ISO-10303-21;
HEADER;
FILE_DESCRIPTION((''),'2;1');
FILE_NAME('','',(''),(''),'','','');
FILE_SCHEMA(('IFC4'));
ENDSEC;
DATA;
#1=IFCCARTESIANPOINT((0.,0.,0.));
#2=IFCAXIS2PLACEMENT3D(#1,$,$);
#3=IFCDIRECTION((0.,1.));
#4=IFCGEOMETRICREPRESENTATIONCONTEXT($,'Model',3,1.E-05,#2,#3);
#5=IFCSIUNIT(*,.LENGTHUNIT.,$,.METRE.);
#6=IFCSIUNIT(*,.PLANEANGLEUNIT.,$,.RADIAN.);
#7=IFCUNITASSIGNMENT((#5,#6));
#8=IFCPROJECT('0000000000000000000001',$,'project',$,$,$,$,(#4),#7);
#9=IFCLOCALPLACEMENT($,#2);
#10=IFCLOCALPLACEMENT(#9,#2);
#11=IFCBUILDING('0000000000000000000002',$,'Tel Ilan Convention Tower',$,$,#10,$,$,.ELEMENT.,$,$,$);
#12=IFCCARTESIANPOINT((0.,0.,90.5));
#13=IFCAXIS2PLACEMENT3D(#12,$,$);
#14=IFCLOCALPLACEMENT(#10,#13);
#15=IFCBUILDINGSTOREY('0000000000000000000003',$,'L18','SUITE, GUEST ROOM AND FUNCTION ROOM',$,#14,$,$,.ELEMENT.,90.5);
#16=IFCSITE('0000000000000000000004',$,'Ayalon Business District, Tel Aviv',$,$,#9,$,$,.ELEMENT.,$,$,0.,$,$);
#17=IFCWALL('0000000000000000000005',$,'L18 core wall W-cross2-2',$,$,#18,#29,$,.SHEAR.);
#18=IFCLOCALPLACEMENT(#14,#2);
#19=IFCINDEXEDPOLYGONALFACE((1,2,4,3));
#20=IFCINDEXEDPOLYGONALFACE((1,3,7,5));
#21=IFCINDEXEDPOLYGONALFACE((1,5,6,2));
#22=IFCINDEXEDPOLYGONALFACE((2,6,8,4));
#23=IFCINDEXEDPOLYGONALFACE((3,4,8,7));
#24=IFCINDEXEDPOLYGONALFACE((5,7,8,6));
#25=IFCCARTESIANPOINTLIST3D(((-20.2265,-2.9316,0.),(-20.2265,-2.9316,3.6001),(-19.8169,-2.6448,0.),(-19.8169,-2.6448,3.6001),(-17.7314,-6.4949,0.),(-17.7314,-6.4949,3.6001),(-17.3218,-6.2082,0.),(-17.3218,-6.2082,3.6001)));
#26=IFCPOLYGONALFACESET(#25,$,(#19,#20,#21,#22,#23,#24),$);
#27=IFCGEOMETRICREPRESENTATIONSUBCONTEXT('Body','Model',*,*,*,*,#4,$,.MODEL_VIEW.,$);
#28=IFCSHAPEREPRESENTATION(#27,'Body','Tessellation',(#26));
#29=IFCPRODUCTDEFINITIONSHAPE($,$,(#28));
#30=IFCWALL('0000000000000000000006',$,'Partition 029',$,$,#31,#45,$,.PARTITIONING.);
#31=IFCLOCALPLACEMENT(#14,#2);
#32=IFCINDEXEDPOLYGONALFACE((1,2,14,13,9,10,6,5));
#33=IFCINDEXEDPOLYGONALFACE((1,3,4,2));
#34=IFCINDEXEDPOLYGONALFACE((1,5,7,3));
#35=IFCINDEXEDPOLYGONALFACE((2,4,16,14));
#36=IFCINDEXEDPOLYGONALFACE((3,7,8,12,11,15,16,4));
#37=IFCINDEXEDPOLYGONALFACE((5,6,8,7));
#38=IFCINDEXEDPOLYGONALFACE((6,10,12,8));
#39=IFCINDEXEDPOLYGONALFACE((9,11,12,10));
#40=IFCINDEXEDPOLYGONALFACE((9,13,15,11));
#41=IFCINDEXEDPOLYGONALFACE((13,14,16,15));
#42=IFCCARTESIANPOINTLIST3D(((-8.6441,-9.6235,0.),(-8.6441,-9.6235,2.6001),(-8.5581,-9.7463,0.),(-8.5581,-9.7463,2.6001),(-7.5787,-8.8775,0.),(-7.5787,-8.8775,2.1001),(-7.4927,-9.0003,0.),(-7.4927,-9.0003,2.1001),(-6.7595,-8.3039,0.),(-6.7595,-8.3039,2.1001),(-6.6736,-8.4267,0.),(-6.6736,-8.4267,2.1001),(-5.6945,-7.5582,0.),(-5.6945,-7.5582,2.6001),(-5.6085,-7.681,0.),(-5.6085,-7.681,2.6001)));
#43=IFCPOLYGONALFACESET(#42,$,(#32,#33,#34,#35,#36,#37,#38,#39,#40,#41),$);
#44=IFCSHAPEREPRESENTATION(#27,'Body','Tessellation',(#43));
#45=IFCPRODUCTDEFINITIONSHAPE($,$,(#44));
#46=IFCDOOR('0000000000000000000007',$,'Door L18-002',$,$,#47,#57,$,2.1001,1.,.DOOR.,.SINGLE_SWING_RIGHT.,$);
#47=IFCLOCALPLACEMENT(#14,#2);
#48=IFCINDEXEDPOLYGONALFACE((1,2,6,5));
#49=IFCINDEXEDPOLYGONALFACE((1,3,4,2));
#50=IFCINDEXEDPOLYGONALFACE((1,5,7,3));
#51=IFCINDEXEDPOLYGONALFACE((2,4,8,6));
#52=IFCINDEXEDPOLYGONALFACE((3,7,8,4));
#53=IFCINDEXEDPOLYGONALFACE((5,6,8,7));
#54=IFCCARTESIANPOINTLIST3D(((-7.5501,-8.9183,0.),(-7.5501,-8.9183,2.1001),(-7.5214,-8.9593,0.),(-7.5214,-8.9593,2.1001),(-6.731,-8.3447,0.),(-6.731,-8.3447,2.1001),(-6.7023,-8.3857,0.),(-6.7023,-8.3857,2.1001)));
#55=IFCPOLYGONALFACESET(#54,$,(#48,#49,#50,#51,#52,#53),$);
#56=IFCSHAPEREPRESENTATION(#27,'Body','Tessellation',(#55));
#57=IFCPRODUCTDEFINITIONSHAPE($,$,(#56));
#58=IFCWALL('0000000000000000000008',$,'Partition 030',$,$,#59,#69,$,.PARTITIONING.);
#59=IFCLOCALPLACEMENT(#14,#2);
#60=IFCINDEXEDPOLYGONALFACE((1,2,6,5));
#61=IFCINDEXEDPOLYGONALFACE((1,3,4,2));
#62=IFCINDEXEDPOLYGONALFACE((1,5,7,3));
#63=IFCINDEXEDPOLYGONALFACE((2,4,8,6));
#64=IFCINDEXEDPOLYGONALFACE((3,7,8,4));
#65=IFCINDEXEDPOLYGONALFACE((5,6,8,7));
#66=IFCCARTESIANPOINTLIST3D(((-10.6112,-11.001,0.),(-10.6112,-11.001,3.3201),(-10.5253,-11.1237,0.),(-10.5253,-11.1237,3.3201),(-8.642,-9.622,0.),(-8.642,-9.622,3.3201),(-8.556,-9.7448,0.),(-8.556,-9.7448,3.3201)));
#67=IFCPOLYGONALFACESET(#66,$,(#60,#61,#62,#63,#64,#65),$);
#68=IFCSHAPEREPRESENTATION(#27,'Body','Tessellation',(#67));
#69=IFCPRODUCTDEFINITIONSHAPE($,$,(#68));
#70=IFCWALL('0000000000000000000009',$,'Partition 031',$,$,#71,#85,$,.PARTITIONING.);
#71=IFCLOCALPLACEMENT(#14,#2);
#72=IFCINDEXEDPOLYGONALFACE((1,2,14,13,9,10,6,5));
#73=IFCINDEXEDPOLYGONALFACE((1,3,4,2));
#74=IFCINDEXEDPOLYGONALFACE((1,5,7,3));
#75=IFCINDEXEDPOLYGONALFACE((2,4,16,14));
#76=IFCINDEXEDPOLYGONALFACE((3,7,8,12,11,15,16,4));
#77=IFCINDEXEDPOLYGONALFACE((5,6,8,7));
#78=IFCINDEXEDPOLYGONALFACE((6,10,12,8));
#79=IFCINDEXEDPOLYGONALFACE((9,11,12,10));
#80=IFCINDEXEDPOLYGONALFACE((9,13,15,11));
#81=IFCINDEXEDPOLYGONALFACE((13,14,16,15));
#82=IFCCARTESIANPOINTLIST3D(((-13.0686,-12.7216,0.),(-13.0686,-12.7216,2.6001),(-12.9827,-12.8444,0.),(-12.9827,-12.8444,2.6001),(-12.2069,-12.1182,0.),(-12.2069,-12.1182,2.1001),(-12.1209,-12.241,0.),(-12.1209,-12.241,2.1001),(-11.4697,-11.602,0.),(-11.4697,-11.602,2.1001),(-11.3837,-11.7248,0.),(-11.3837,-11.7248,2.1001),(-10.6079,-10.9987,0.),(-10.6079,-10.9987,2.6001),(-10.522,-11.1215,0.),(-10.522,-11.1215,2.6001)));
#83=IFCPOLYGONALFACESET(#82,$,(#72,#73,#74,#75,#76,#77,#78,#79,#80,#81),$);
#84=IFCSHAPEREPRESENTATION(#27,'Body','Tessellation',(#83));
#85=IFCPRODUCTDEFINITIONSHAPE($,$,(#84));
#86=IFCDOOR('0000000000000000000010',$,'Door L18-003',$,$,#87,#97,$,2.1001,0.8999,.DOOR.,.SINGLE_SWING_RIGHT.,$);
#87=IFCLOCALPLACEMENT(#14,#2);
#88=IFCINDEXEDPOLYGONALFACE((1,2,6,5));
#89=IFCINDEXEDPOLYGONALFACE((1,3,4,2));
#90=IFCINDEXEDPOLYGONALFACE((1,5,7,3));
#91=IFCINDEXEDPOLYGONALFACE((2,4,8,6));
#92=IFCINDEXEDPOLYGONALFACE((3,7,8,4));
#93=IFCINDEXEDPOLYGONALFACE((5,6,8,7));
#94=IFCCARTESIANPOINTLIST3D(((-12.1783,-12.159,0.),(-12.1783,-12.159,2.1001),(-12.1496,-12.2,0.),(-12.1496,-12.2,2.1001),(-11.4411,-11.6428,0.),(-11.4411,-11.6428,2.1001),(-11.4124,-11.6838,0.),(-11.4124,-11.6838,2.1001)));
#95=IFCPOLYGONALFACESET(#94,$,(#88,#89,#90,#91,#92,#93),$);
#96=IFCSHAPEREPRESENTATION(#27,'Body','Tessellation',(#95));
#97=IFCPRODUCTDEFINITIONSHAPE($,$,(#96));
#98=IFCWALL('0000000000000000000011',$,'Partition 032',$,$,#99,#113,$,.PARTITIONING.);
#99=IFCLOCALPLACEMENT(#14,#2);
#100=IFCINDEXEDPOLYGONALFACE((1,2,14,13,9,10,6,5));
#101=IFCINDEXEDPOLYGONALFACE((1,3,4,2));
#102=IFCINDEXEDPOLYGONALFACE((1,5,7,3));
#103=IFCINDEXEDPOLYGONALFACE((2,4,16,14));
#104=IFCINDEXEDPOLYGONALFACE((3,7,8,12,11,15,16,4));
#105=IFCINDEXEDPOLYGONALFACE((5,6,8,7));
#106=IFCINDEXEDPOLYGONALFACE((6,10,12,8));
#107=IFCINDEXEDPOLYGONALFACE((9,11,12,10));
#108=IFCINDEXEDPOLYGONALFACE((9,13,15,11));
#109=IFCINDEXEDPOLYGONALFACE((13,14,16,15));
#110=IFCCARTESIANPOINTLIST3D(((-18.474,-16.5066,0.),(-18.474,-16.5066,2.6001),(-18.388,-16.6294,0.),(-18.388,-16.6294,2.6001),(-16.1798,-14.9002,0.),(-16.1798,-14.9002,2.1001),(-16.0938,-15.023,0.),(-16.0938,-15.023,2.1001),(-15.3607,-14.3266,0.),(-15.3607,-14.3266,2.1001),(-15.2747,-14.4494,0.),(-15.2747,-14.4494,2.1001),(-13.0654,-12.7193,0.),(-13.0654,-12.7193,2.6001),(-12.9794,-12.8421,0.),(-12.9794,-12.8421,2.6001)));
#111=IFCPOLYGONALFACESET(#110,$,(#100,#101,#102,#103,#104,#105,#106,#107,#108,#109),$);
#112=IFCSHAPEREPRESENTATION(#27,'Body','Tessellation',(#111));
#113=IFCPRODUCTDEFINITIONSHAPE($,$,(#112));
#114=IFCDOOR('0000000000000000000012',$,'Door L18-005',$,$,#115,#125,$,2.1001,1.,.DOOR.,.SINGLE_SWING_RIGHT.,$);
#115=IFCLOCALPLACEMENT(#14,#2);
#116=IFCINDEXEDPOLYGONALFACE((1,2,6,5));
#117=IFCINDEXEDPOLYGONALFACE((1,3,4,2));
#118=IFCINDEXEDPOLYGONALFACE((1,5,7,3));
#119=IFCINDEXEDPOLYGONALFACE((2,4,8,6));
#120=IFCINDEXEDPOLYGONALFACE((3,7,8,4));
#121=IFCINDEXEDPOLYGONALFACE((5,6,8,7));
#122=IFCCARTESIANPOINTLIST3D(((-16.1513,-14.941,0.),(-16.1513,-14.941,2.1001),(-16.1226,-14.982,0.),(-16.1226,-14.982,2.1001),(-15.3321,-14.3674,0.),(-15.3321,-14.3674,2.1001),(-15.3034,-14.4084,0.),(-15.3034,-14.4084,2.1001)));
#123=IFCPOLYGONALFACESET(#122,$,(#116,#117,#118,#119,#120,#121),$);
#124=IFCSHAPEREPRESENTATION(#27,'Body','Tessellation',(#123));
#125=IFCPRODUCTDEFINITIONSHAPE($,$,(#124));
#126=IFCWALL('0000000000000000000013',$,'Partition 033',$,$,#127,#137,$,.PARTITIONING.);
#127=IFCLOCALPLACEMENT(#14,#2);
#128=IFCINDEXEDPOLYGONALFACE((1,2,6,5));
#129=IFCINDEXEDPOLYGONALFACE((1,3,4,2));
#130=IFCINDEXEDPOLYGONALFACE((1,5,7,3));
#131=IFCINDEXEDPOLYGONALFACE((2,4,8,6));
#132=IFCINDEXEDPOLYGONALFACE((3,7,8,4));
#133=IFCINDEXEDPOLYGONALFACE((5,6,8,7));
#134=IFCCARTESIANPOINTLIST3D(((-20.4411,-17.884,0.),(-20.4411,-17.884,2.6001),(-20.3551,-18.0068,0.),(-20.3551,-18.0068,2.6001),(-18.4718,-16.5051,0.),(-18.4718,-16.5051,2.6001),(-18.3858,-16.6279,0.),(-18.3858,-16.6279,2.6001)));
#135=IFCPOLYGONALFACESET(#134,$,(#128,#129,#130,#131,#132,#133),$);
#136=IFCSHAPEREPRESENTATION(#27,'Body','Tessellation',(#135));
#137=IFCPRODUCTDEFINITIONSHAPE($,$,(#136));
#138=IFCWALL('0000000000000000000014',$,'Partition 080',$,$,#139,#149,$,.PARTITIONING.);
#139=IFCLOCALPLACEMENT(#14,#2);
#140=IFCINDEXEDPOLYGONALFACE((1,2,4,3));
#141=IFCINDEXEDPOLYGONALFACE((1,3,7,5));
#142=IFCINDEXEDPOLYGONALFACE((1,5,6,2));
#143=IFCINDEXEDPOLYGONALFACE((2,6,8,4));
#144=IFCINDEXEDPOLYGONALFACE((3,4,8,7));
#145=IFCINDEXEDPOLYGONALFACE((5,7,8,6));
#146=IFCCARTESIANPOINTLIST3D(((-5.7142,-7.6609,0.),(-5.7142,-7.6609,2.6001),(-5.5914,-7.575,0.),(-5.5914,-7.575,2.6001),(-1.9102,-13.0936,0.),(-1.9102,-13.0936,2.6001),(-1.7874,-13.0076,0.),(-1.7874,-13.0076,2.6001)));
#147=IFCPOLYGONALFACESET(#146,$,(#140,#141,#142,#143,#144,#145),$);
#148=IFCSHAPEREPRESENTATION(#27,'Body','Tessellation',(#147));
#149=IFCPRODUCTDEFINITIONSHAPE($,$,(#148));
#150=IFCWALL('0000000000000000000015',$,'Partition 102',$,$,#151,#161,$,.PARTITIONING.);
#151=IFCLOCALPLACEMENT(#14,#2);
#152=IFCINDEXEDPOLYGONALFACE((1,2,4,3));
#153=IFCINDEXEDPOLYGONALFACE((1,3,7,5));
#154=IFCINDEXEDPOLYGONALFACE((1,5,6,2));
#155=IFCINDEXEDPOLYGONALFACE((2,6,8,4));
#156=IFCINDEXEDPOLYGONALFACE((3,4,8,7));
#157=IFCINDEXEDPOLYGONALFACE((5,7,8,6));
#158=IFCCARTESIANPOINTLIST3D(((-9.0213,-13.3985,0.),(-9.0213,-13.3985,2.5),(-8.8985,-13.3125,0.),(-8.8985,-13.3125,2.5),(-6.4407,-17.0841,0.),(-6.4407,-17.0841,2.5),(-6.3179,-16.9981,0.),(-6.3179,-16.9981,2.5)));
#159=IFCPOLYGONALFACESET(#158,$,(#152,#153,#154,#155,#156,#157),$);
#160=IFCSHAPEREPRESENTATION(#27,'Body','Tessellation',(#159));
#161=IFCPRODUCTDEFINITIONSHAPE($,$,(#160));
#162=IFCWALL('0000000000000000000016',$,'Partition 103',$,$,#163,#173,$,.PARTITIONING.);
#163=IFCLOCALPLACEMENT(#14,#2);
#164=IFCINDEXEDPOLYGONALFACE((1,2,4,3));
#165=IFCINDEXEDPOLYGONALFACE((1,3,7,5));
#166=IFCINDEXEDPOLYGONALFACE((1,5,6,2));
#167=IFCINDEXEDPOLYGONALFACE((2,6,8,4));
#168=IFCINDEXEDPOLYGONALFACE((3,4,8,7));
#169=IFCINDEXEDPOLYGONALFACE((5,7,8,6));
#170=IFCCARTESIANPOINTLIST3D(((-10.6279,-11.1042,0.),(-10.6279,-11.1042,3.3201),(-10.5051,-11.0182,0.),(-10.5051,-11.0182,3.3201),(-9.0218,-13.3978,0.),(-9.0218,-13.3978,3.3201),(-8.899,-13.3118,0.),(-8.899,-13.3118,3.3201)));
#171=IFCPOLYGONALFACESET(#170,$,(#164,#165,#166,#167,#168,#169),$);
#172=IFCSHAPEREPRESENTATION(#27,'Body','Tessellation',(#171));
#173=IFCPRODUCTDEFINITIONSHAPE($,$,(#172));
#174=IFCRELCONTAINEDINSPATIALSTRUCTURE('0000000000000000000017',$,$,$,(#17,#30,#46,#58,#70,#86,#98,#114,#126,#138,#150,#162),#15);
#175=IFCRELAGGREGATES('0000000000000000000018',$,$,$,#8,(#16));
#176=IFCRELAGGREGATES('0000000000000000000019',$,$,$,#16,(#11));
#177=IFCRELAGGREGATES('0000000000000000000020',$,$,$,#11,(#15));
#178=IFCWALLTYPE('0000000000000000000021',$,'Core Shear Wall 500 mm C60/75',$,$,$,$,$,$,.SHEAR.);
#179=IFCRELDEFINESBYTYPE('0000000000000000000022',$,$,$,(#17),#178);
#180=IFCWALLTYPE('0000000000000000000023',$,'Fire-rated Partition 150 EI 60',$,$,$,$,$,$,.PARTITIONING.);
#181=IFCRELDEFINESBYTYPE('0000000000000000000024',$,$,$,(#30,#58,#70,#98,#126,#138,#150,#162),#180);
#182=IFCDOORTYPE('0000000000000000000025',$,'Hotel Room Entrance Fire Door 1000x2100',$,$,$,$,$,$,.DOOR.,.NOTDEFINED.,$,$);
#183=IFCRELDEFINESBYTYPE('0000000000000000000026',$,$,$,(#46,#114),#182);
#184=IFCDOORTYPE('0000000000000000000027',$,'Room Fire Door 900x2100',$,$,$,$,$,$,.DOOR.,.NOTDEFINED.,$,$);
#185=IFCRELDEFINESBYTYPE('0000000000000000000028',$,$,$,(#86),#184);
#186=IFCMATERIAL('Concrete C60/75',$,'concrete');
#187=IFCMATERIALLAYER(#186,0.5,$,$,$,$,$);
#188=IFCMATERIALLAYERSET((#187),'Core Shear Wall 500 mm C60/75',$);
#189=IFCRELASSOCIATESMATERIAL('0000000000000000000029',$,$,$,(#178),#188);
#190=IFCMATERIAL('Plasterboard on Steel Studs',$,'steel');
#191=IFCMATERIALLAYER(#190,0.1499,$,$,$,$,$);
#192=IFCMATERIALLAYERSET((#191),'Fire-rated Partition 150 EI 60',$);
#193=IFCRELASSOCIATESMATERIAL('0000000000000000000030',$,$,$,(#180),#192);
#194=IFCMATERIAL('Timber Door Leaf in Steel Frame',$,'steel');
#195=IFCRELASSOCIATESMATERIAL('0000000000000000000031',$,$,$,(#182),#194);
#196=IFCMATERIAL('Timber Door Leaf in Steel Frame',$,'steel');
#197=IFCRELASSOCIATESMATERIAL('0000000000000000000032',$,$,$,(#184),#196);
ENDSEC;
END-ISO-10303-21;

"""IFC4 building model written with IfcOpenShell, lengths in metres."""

from ifc_helpers import new_model, si_unit, direction, frame, frame_2d, origin, place, context, subcontext, project, spatial, polyline, rectangle, outline, extrude, material, layer, layer_set, type_object, element, fill, save


model = new_model("IFC4")

# Units and contexts
model_context = context("Model", 3, precision=1e-05, world=origin(), true_north=direction((0.0, 1.0)))
body_context = subcontext(model_context, "Body", "Model", "MODEL_VIEW")
ifc_project = project(units=[si_unit("LENGTHUNIT", "METRE"), si_unit("PLANEANGLEUNIT", "RADIAN")], contexts=[model_context])

# Site, building, storey
site_placement = place(None, origin())
site = spatial("IfcSite", under=ifc_project, at=site_placement, Name="Ayalon Business District, Tel Aviv", CompositionType="ELEMENT", RefElevation=0.0)
building_placement = place(site_placement, origin())
building = spatial("IfcBuilding", under=site, at=building_placement, Name="Tel Ilan Convention Tower", CompositionType="ELEMENT")
storey_placement = place(building_placement, frame((0.0, 0.0, 90.5)))
storey = spatial("IfcBuildingStorey", under=building, at=storey_placement, Name="L18", Description="SUITE, GUEST ROOM AND FUNCTION ROOM", CompositionType="ELEMENT", Elevation=90.5)

# Wall
ifc_material_1 = material(Name="Concrete C60/75", Category="concrete")
ifc_layer_1 = layer(ifc_material_1, 0.5)
ifc_layer_set_1 = layer_set([ifc_layer_1], Name="Core Shear Wall 500 mm C60/75")
wall_type_1 = type_object("IfcWallType", Name="Core Shear Wall 500 mm C60/75", PredefinedType="SHEAR", material=ifc_layer_set_1)
wall_1_placement = place(storey_placement, frame((-17.5266, -6.3516, 0.0), z_axis=(0.0, 0.0, 1.0), x_axis=(-0.57353, 0.819184, 0.0)))
element("IfcWall", 1, at=wall_1_placement, inside=storey, type_object=wall_type_1, Name="L18 core wall W-cross2-2", PredefinedType="SHEAR", context=body_context, shape_type="SweptSolid", body=[
    extrude(outline(polyline([(4.3501, -0.2498), (4.3501, 0.2502), (0.0, 0.25), (0.0, -0.25), (4.3501, -0.2498)])), origin(), (0.0, 0.0, 1.0), 3.6001),
])

# Wall, opening, door
ifc_material_2 = material(Name="Plasterboard on Steel Studs", Category="steel")
ifc_layer_2 = layer(ifc_material_2, 0.1499)
ifc_layer_set_2 = layer_set([ifc_layer_2], Name="Fire-rated Partition 150 EI 60")
wall_type_2 = type_object("IfcWallType", Name="Fire-rated Partition 150 EI 60", PredefinedType="PARTITIONING", material=ifc_layer_set_2)
wall_2_placement = place(storey_placement, frame((-5.6516, -7.6196, 0.0), z_axis=(0.0, 0.0, 1.0), x_axis=(-0.819149, -0.573581, 0.0)))
wall_2 = element("IfcWall", 2, at=wall_2_placement, inside=storey, type_object=wall_type_2, Name="Partition 029", PredefinedType="PARTITIONING", context=body_context, shape_type="SweptSolid", body=[
    extrude(rectangle(XDim=3.6008, YDim=0.1499, at=frame_2d((1.8003, 0.0))), origin(), (0.0, 0.0, 1.0), 2.6001),
])
opening_1_placement = place(wall_2_placement, frame((1.3, 0.0, 0.0)))
opening_1 = element("IfcOpeningElement", 3, at=opening_1_placement, cuts=wall_2, PredefinedType="OPENING", context=body_context, shape_type="SweptSolid", body=[
    extrude(rectangle(XDim=1.0, YDim=2.1001, at=frame_2d((0.5, 1.05))), frame((0.0, 0.085, 0.0), z_axis=(0.0, -1.0, 0.0), x_axis=(1.0, 0.0, 0.0)), (0.0, 0.0, 1.0), 0.1699),
])
ifc_material_3 = material(Name="Timber Door Leaf in Steel Frame", Category="steel")
door_type_1 = type_object("IfcDoorType", Name="Hotel Room Entrance Fire Door 1000x2100", OperationType="NOTDEFINED", PredefinedType="DOOR", material=ifc_material_3)
door_1_placement = place(opening_1_placement, origin())
door_1 = element("IfcDoor", 4, at=door_1_placement, inside=storey, type_object=door_type_1, Name="Door L18-002", OperationType="SINGLE_SWING_RIGHT", OverallHeight=2.1001, OverallWidth=1.0, PredefinedType="DOOR", context=body_context, shape_type="SweptSolid", body=[
    extrude(rectangle(XDim=1.0, YDim=2.1001, at=frame_2d((0.5, 1.05))), frame((0.0, 0.0249, 0.0), z_axis=(0.0, -1.0, 0.0), x_axis=(1.0, 0.0, 0.0)), (0.0, 0.0, 1.0), 0.05),
])
fill(opening_1, door_1)

# Wall
wall_3_placement = place(storey_placement, frame((-8.5989, -9.6833, 0.0), z_axis=(0.0, 0.0, 1.0), x_axis=(-0.819146, -0.573585, 0.0)))
element("IfcWall", 5, at=wall_3_placement, inside=storey, type_object=wall_type_2, Name="Partition 030", PredefinedType="PARTITIONING", context=body_context, shape_type="SweptSolid", body=[
    extrude(rectangle(XDim=2.4041, YDim=0.1499, at=frame_2d((1.2021, 0.0))), origin(), (0.0, 0.0, 1.0), 3.3201),
])

# Walls, openings, doors
wall_4_placement = place(storey_placement, frame((-10.5649, -11.0601, 0.0), z_axis=(0.0, 0.0, 1.0), x_axis=(-0.819167, -0.573555, 0.0)))
wall_4 = element("IfcWall", 6, at=wall_4_placement, inside=storey, type_object=wall_type_2, Name="Partition 031", PredefinedType="PARTITIONING", context=body_context, shape_type="SweptSolid", body=[
    extrude(rectangle(XDim=3.0039, YDim=0.1499, at=frame_2d((1.502, 0.0))), origin(), (0.0, 0.0, 1.0), 2.6001),
])
opening_2_placement = place(wall_4_placement, frame((1.052, 0.0, 0.0)))
opening_2 = element("IfcOpeningElement", 7, at=opening_2_placement, cuts=wall_4, PredefinedType="OPENING", context=body_context, shape_type="SweptSolid", body=[
    extrude(rectangle(XDim=0.8999, YDim=2.1001, at=frame_2d((0.45, 1.05))), frame((0.0, 0.085, 0.0), z_axis=(0.0, -1.0, 0.0), x_axis=(1.0, 0.0, 0.0)), (0.0, 0.0, 1.0), 0.1699),
])
ifc_material_4 = material(Name="Timber Door Leaf in Steel Frame", Category="steel")
door_type_2 = type_object("IfcDoorType", Name="Room Fire Door 900x2100", OperationType="NOTDEFINED", PredefinedType="DOOR", material=ifc_material_4)
door_2_placement = place(opening_2_placement, origin())
door_2 = element("IfcDoor", 8, at=door_2_placement, inside=storey, type_object=door_type_2, Name="Door L18-003", OperationType="SINGLE_SWING_RIGHT", OverallHeight=2.1001, OverallWidth=0.8999, PredefinedType="DOOR", context=body_context, shape_type="SweptSolid", body=[
    extrude(rectangle(XDim=0.8999, YDim=2.1001, at=frame_2d((0.45, 1.05))), frame((0.0, 0.0249, 0.0), z_axis=(0.0, -1.0, 0.0), x_axis=(1.0, 0.0, 0.0)), (0.0, 0.0, 1.0), 0.05),
])
fill(opening_2, door_2)
wall_5_placement = place(storey_placement, frame((-13.0225, -12.7808, 0.0), z_axis=(0.0, 0.0, 1.0), x_axis=(-0.819142, -0.573591, 0.0)))
wall_5 = element("IfcWall", 9, at=wall_5_placement, inside=storey, type_object=wall_type_2, Name="Partition 032", PredefinedType="PARTITIONING", context=body_context, shape_type="SweptSolid", body=[
    extrude(rectangle(XDim=6.6028, YDim=0.1499, at=frame_2d((3.3013, 0.0))), origin(), (0.0, 0.0, 1.0), 2.6001),
])
opening_3_placement = place(wall_5_placement, frame((2.802, 0.0, 0.0)))
opening_3 = element("IfcOpeningElement", 10, at=opening_3_placement, cuts=wall_5, PredefinedType="OPENING", context=body_context, shape_type="SweptSolid", body=[
    extrude(rectangle(XDim=1.0, YDim=2.1001, at=frame_2d((0.5, 1.05))), frame((0.0, 0.085, 0.0), z_axis=(0.0, -1.0, 0.0), x_axis=(1.0, 0.0, 0.0)), (0.0, 0.0, 1.0), 0.1699),
])
door_3_placement = place(opening_3_placement, origin())
door_3 = element("IfcDoor", 11, at=door_3_placement, inside=storey, type_object=door_type_1, Name="Door L18-005", OperationType="SINGLE_SWING_RIGHT", OverallHeight=2.1001, OverallWidth=1.0, PredefinedType="DOOR", context=body_context, shape_type="SweptSolid", body=[
    extrude(rectangle(XDim=1.0, YDim=2.1001, at=frame_2d((0.5, 1.05))), frame((0.0, 0.0249, 0.0), z_axis=(0.0, -1.0, 0.0), x_axis=(1.0, 0.0, 0.0)), (0.0, 0.0, 1.0), 0.05),
])
fill(opening_3, door_3)

# Walls
wall_6_placement = place(storey_placement, frame((-18.4287, -16.5664, 0.0), z_axis=(0.0, 0.0, 1.0), x_axis=(-0.819146, -0.573585, 0.0)))
element("IfcWall", 12, at=wall_6_placement, inside=storey, type_object=wall_type_2, Name="Partition 033", PredefinedType="PARTITIONING", context=body_context, shape_type="SweptSolid", body=[
    extrude(rectangle(XDim=2.4041, YDim=0.1499, at=frame_2d((1.2021, 0.0))), origin(), (0.0, 0.0, 1.0), 2.6001),
])
wall_7_placement = place(storey_placement, frame((-1.8489, -13.0505, 0.0), z_axis=(0.0, 0.0, 1.0), x_axis=(-0.573576, 0.819152, 0.0)))
element("IfcWall", 13, at=wall_7_placement, inside=storey, type_object=wall_type_2, Name="Partition 080", PredefinedType="PARTITIONING", context=body_context, shape_type="SweptSolid", body=[
    extrude(rectangle(XDim=6.6321, YDim=0.1499, at=frame_2d((3.3159, 0.0))), origin(), (0.0, 0.0, 1.0), 2.6001),
])
wall_8_placement = place(storey_placement, frame((-6.3794, -17.041, 0.0), z_axis=(0.0, 0.0, 1.0), x_axis=(-0.573564, 0.819161, 0.0)))
element("IfcWall", 14, at=wall_8_placement, inside=storey, type_object=wall_type_2, Name="Partition 102", PredefinedType="PARTITIONING", context=body_context, shape_type="SweptSolid", body=[
    extrude(rectangle(XDim=4.4993, YDim=0.1499, at=frame_2d((2.2495, 0.0))), origin(), (0.0, 0.0, 1.0), 2.5),
])
wall_9_placement = place(storey_placement, frame((-8.9604, -13.3547, 0.0), z_axis=(0.0, 0.0, 1.0), x_axis=(-0.573609, 0.81913, 0.0)))
element("IfcWall", 15, at=wall_9_placement, inside=storey, type_object=wall_type_2, Name="Partition 103", PredefinedType="PARTITIONING", context=body_context, shape_type="SweptSolid", body=[
    extrude(rectangle(XDim=2.8, YDim=0.1499, at=frame_2d((1.3999, 0.0))), origin(), (0.0, 0.0, 1.0), 3.3201),
])

save(model, "model.ifc")
